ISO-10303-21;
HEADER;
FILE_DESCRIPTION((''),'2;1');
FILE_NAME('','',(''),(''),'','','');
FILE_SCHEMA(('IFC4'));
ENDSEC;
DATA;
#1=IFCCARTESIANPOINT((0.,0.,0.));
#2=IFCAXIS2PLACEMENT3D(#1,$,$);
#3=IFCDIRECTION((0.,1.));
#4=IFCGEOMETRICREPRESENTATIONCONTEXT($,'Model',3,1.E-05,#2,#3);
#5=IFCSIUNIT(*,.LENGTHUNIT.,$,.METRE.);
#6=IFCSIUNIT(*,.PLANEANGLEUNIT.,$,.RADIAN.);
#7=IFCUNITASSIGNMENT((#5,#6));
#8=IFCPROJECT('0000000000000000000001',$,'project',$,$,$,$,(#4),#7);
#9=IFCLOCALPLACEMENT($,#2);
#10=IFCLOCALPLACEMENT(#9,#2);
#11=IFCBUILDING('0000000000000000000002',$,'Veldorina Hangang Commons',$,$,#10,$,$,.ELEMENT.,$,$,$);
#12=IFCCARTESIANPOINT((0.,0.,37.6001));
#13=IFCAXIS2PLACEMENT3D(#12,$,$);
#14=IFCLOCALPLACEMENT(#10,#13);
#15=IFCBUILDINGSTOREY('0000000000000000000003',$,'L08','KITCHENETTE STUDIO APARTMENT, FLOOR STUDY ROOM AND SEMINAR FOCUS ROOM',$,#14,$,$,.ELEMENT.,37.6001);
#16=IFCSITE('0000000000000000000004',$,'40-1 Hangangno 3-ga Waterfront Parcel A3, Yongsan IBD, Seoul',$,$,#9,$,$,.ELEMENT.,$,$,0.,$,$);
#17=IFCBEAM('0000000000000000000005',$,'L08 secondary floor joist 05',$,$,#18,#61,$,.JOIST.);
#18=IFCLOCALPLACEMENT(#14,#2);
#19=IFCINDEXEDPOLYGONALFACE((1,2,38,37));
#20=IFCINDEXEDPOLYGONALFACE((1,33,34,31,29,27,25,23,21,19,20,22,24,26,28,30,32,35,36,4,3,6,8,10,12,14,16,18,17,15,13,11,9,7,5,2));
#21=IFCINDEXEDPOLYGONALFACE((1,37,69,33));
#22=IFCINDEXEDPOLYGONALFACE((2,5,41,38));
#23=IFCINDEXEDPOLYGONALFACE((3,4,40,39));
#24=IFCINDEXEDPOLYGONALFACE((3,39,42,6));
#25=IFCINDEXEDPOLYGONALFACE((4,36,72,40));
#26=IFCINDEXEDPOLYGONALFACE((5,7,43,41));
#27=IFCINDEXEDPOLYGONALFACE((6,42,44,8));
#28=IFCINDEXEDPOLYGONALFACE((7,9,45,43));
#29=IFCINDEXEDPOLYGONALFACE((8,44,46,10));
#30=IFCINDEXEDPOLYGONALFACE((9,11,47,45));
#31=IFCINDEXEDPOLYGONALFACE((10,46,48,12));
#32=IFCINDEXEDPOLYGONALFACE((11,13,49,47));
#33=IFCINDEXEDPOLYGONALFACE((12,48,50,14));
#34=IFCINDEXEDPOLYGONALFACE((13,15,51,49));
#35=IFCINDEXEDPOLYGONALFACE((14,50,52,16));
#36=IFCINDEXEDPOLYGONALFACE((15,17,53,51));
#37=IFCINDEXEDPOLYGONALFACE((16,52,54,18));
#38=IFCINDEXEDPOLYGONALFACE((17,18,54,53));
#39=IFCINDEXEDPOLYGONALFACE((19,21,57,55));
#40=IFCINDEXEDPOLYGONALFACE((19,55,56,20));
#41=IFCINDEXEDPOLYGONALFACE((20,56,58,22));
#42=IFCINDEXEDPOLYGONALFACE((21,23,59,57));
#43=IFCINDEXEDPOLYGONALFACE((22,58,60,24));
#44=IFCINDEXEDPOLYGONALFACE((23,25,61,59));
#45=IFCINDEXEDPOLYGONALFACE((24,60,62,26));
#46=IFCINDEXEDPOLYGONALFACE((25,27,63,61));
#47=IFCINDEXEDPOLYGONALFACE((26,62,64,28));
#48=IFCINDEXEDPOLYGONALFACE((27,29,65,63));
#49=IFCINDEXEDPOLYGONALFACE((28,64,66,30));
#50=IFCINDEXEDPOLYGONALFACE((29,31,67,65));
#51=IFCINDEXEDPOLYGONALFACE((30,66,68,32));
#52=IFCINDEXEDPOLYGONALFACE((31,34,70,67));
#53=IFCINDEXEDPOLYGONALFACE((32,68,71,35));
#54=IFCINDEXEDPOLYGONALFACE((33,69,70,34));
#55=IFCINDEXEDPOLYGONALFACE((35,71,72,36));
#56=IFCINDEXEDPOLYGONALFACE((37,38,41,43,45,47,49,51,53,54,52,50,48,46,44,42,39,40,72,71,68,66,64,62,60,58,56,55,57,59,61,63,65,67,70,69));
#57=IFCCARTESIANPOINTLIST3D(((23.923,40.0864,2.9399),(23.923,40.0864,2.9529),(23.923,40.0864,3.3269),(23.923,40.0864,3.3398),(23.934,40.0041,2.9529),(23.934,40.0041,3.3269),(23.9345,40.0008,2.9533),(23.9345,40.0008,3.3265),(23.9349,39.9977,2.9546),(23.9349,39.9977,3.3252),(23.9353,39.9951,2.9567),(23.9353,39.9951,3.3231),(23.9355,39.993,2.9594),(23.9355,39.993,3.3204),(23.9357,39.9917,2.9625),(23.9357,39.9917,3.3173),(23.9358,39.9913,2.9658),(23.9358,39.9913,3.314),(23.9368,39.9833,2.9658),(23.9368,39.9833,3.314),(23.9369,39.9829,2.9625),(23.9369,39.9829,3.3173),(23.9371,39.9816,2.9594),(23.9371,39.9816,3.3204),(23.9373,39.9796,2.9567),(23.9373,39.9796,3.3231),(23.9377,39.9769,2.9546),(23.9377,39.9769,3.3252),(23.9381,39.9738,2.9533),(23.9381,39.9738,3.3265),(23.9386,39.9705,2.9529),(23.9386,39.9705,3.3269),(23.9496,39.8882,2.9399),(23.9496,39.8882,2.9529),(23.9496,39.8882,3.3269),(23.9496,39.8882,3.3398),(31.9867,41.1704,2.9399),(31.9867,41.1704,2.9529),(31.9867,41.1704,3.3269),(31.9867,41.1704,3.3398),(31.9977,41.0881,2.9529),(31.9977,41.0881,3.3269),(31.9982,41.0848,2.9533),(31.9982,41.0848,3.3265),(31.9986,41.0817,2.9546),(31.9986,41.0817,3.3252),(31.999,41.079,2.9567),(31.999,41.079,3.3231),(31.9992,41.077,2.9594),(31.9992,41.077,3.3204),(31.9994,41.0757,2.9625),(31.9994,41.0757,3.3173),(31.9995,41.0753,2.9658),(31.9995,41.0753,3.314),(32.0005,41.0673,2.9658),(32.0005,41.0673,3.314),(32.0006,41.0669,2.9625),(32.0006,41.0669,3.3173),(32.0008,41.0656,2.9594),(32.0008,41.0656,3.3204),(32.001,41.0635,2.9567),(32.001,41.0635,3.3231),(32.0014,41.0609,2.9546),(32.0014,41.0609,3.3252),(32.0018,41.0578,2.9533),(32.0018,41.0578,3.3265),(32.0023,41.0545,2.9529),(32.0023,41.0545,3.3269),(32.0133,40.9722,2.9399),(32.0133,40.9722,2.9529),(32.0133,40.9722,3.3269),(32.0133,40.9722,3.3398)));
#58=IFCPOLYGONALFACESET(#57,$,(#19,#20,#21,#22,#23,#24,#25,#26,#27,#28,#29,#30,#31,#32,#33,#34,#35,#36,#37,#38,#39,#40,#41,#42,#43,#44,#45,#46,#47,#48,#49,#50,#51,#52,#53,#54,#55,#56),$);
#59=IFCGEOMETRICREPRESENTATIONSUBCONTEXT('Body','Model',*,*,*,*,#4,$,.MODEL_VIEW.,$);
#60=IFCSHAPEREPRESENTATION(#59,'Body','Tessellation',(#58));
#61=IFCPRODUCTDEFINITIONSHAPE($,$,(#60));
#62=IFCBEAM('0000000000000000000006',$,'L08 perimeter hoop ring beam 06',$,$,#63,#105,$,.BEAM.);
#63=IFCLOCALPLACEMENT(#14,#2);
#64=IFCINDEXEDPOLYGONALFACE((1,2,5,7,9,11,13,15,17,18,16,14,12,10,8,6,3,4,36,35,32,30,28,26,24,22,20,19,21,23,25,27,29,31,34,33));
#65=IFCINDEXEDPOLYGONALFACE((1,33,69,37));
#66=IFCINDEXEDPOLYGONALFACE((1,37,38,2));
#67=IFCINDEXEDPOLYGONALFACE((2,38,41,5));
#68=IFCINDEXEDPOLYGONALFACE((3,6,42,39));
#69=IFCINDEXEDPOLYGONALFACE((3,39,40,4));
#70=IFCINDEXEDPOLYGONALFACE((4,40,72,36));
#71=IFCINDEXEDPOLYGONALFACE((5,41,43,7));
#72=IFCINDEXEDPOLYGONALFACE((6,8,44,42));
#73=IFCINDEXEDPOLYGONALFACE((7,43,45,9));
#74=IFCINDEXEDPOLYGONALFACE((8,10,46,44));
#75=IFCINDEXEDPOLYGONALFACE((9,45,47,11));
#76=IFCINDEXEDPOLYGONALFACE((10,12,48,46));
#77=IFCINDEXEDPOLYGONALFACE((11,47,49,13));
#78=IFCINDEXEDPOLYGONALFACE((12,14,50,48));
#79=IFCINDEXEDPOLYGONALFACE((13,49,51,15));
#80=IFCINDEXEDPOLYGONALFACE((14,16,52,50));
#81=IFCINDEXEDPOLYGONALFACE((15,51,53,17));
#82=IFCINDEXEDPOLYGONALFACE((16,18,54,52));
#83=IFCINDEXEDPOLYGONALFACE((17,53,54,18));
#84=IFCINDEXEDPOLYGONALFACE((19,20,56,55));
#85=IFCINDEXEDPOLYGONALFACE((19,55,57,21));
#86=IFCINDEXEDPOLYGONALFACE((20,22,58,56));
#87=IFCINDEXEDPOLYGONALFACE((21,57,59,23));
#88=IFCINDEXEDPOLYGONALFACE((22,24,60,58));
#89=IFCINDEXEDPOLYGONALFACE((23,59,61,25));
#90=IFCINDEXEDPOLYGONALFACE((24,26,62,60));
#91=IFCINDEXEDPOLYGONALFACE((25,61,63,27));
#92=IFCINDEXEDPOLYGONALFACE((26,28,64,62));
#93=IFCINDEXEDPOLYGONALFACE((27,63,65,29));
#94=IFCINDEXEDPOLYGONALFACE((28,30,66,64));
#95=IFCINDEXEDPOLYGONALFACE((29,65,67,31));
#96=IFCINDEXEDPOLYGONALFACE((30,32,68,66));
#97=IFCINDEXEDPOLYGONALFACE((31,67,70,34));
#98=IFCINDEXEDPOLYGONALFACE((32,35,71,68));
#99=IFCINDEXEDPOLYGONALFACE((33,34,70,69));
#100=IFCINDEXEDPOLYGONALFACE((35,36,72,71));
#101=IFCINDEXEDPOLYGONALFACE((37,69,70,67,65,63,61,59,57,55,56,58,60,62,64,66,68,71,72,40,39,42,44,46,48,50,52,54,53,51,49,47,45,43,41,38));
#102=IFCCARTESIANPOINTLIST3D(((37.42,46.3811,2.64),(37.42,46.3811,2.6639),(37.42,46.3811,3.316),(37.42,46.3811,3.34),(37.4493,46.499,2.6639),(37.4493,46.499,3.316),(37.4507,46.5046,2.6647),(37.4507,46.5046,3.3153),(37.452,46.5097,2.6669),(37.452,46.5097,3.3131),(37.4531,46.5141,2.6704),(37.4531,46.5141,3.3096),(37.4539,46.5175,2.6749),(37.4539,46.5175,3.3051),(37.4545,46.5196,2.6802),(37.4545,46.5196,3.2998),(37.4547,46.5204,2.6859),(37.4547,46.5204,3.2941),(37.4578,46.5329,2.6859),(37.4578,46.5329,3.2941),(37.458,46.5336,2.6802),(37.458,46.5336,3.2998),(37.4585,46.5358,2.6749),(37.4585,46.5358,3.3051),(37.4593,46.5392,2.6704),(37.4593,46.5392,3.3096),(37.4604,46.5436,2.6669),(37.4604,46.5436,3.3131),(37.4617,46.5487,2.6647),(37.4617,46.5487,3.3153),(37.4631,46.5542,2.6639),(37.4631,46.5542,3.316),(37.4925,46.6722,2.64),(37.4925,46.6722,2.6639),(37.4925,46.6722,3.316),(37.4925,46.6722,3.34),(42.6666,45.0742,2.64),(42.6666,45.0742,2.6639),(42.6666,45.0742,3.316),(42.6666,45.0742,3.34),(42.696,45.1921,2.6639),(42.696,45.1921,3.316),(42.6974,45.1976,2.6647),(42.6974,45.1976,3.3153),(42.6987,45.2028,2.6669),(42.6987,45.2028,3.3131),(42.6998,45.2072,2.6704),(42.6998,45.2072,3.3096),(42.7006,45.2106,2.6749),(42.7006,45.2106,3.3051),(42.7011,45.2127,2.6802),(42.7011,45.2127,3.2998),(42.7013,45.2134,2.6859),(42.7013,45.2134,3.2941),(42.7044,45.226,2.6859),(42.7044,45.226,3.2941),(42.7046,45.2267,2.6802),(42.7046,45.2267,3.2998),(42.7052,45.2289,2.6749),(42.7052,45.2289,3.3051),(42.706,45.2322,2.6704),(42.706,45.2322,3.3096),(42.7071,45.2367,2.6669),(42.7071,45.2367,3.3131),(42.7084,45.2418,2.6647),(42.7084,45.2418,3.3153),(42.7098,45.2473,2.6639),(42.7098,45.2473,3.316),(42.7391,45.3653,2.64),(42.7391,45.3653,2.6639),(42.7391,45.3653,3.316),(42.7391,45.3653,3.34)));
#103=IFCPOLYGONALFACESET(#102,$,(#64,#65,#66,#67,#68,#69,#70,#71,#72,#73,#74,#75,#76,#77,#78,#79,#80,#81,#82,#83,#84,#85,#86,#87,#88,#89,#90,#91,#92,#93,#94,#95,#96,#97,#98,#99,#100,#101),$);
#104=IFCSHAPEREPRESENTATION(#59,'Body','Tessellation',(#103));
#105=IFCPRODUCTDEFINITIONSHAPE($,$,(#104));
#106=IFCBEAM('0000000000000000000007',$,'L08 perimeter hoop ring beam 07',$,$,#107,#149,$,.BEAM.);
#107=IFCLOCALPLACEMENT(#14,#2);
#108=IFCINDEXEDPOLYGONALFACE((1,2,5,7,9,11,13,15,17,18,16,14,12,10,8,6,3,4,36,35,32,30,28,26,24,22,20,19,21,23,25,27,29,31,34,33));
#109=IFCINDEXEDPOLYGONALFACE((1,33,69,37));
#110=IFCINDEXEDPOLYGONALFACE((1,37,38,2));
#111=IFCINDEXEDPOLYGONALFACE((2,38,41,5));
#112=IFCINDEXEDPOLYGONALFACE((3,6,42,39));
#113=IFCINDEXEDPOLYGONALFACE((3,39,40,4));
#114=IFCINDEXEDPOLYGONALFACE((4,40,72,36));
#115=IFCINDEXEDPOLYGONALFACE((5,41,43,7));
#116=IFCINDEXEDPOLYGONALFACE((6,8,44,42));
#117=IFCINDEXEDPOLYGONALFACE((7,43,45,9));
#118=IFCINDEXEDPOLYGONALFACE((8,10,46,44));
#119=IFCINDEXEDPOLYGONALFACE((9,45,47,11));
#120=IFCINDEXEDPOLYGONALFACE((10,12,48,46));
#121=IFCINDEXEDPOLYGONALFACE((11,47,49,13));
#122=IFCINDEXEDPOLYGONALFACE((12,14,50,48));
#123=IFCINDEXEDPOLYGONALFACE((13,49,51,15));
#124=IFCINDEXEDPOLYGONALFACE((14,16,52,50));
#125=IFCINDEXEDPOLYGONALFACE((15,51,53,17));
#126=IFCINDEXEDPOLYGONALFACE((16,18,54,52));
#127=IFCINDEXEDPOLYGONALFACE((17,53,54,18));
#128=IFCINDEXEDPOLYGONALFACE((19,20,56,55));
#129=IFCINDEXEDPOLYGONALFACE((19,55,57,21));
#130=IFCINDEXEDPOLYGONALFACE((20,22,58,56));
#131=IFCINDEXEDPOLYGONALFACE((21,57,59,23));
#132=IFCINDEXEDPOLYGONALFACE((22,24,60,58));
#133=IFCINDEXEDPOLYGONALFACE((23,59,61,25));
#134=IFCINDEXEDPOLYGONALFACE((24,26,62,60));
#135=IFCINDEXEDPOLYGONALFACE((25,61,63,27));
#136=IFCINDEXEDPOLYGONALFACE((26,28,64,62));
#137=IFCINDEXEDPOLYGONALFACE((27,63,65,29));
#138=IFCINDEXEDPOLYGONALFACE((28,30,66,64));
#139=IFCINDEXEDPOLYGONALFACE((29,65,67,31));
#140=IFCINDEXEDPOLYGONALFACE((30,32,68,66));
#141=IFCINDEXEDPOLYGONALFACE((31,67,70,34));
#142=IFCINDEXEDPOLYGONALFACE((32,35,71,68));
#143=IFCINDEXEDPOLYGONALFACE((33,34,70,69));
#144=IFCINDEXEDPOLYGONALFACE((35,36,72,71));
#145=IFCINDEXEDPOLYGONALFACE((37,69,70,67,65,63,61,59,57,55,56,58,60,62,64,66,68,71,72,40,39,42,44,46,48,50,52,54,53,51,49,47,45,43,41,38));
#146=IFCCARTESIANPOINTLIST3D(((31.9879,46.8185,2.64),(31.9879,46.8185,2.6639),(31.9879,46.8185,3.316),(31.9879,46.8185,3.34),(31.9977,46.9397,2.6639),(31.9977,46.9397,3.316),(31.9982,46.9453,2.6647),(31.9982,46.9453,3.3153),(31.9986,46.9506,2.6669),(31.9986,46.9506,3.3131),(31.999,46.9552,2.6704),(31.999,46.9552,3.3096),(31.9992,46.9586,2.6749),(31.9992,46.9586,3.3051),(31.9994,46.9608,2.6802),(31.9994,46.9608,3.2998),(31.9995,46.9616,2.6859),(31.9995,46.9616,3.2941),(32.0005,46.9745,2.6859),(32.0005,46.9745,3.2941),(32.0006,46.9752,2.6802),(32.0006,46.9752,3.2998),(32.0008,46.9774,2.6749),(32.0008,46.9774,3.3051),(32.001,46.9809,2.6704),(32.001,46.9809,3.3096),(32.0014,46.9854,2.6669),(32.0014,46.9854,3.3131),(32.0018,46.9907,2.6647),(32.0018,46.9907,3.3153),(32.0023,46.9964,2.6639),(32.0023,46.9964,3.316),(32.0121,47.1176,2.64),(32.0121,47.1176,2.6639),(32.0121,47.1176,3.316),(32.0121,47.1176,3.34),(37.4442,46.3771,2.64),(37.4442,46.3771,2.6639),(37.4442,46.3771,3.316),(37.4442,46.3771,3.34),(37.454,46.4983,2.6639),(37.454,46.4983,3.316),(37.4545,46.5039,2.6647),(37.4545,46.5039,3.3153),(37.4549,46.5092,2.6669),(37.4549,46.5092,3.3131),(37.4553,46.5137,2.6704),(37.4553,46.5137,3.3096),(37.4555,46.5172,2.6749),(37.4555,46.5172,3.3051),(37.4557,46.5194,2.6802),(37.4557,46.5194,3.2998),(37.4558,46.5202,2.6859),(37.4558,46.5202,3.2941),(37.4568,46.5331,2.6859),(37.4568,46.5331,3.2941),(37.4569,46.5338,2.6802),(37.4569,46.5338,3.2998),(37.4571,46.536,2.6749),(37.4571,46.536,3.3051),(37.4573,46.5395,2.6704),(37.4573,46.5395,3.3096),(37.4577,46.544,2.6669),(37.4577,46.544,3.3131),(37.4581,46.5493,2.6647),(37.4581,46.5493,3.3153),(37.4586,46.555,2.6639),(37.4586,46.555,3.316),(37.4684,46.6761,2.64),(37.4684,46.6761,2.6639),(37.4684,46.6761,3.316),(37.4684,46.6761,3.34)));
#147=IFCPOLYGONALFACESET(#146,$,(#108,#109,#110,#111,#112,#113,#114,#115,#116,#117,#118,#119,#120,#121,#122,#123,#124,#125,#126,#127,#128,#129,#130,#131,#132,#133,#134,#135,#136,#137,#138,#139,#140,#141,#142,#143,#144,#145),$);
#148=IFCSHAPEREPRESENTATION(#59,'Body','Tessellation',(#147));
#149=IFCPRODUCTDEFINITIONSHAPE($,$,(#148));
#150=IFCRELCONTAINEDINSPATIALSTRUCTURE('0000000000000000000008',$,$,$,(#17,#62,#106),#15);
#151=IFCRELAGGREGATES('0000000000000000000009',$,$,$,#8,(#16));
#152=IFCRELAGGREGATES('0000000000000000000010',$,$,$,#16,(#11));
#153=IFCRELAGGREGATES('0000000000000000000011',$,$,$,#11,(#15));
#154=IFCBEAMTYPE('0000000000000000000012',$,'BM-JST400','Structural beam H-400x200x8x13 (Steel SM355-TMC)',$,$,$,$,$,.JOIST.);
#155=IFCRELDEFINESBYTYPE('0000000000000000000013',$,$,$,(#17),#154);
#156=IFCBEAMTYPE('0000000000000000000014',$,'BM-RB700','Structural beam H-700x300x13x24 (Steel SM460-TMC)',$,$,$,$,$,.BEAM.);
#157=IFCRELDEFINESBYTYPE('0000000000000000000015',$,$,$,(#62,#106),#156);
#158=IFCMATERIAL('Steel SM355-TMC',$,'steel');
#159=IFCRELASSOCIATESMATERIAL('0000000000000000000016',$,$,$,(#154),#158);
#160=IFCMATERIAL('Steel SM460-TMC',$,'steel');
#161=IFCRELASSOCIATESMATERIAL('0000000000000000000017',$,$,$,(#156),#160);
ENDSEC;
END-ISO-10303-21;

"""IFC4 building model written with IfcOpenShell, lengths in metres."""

from ifc_helpers import new_model, si_unit, direction, frame, origin, origin_2d, place, context, subcontext, project, spatial, i_section, extrude, material, material_profile, profile_set, type_object, element, save


model = new_model("IFC4")

# Units and contexts
model_context = context("Model", 3, precision=1e-05, world=origin(), true_north=direction((0.0, 1.0)))
body_context = subcontext(model_context, "Body", "Model", "MODEL_VIEW")
ifc_project = project(units=[si_unit("LENGTHUNIT", "METRE"), si_unit("PLANEANGLEUNIT", "RADIAN")], contexts=[model_context])

# Site, building, storey
site_placement = place(None, origin())
site = spatial("IfcSite", under=ifc_project, at=site_placement, Name="40-1 Hangangno 3-ga Waterfront Parcel A3, Yongsan IBD, Seoul", CompositionType="ELEMENT", RefElevation=0.0)
building_placement = place(site_placement, origin())
building = spatial("IfcBuilding", under=site, at=building_placement, Name="Veldorina Hangang Commons", CompositionType="ELEMENT")
storey_placement = place(building_placement, frame((0.0, 0.0, 37.6001)))
storey = spatial("IfcBuildingStorey", under=building, at=storey_placement, Name="L08", Description="KITCHENETTE STUDIO APARTMENT, FLOOR STUDY ROOM AND SEMINAR FOCUS ROOM", CompositionType="ELEMENT", Elevation=37.6001)

# Beams
ifc_material_1 = material(Name="Steel SM355-TMC", Category="steel")
ifc_material_profile_1 = material_profile(ifc_material_1, i_section(OverallWidth=0.2, OverallDepth=0.3999, WebThickness=0.0081, FlangeThickness=0.0129, FilletRadius=0.0129, at=origin_2d()), Name="H-400x200x8x13")
ifc_profile_set_1 = profile_set([ifc_material_profile_1], Name="Steel SM355-TMC")
beam_type_1 = type_object("IfcBeamType", Name="BM-JST400", Description="Structural beam H-400x200x8x13 (Steel SM355-TMC)", PredefinedType="JOIST", material=ifc_profile_set_1)
beam_1_placement = place(storey_placement, frame((32.0, 41.0713, 3.1399), z_axis=(-0.991085, -0.133229, 0.0), x_axis=(0.133229, -0.991085, 0.0)))
element("IfcBeam", 1, at=beam_1_placement, inside=storey, type_object=beam_type_1, Name="L08 secondary floor joist 05", PredefinedType="JOIST", context=body_context, shape_type="SweptSolid", body=[
    extrude(i_section(OverallWidth=0.2, OverallDepth=0.3999, WebThickness=0.0081, FlangeThickness=0.0129, FilletRadius=0.0129, at=origin_2d()), origin(), (0.0, 0.0, 1.0), 8.1362),
])
ifc_material_2 = material(Name="Steel SM460-TMC", Category="steel")
ifc_material_profile_2 = material_profile(ifc_material_2, i_section(OverallWidth=0.3, OverallDepth=0.7, WebThickness=0.0129, FlangeThickness=0.0239, FilletRadius=0.022, at=origin_2d()), Name="H-700x300x13x24")
ifc_profile_set_2 = profile_set([ifc_material_profile_2], Name="Steel SM460-TMC")
beam_type_2 = type_object("IfcBeamType", Name="BM-RB700", Description="Structural beam H-700x300x13x24 (Steel SM460-TMC)", PredefinedType="BEAM", material=ifc_profile_set_2)
beam_2_placement = place(storey_placement, frame((42.7029, 45.2197, 2.99), z_axis=(-0.970349, 0.241707, 0.0), x_axis=(-0.241707, -0.970349, 0.0)))
element("IfcBeam", 2, at=beam_2_placement, inside=storey, type_object=beam_type_2, Name="L08 perimeter hoop ring beam 06", PredefinedType="BEAM", context=body_context, shape_type="SweptSolid", body=[
    extrude(i_section(OverallWidth=0.3, OverallDepth=0.7, WebThickness=0.0129, FlangeThickness=0.0239, FilletRadius=0.022, at=origin_2d()), origin(), (0.0, 0.0, 1.0), 5.407),
])
beam_3_placement = place(storey_placement, frame((37.4563, 46.5266, 2.99), z_axis=(-0.996744, 0.080635, 0.0), x_axis=(-0.080635, -0.996744, 0.0)))
element("IfcBeam", 3, at=beam_3_placement, inside=storey, type_object=beam_type_2, Name="L08 perimeter hoop ring beam 07", PredefinedType="BEAM", context=body_context, shape_type="SweptSolid", body=[
    extrude(i_section(OverallWidth=0.3, OverallDepth=0.7, WebThickness=0.0129, FlangeThickness=0.0239, FilletRadius=0.022, at=origin_2d()), origin(), (0.0, 0.0, 1.0), 5.4741),
])

save(model, "model.ifc")
